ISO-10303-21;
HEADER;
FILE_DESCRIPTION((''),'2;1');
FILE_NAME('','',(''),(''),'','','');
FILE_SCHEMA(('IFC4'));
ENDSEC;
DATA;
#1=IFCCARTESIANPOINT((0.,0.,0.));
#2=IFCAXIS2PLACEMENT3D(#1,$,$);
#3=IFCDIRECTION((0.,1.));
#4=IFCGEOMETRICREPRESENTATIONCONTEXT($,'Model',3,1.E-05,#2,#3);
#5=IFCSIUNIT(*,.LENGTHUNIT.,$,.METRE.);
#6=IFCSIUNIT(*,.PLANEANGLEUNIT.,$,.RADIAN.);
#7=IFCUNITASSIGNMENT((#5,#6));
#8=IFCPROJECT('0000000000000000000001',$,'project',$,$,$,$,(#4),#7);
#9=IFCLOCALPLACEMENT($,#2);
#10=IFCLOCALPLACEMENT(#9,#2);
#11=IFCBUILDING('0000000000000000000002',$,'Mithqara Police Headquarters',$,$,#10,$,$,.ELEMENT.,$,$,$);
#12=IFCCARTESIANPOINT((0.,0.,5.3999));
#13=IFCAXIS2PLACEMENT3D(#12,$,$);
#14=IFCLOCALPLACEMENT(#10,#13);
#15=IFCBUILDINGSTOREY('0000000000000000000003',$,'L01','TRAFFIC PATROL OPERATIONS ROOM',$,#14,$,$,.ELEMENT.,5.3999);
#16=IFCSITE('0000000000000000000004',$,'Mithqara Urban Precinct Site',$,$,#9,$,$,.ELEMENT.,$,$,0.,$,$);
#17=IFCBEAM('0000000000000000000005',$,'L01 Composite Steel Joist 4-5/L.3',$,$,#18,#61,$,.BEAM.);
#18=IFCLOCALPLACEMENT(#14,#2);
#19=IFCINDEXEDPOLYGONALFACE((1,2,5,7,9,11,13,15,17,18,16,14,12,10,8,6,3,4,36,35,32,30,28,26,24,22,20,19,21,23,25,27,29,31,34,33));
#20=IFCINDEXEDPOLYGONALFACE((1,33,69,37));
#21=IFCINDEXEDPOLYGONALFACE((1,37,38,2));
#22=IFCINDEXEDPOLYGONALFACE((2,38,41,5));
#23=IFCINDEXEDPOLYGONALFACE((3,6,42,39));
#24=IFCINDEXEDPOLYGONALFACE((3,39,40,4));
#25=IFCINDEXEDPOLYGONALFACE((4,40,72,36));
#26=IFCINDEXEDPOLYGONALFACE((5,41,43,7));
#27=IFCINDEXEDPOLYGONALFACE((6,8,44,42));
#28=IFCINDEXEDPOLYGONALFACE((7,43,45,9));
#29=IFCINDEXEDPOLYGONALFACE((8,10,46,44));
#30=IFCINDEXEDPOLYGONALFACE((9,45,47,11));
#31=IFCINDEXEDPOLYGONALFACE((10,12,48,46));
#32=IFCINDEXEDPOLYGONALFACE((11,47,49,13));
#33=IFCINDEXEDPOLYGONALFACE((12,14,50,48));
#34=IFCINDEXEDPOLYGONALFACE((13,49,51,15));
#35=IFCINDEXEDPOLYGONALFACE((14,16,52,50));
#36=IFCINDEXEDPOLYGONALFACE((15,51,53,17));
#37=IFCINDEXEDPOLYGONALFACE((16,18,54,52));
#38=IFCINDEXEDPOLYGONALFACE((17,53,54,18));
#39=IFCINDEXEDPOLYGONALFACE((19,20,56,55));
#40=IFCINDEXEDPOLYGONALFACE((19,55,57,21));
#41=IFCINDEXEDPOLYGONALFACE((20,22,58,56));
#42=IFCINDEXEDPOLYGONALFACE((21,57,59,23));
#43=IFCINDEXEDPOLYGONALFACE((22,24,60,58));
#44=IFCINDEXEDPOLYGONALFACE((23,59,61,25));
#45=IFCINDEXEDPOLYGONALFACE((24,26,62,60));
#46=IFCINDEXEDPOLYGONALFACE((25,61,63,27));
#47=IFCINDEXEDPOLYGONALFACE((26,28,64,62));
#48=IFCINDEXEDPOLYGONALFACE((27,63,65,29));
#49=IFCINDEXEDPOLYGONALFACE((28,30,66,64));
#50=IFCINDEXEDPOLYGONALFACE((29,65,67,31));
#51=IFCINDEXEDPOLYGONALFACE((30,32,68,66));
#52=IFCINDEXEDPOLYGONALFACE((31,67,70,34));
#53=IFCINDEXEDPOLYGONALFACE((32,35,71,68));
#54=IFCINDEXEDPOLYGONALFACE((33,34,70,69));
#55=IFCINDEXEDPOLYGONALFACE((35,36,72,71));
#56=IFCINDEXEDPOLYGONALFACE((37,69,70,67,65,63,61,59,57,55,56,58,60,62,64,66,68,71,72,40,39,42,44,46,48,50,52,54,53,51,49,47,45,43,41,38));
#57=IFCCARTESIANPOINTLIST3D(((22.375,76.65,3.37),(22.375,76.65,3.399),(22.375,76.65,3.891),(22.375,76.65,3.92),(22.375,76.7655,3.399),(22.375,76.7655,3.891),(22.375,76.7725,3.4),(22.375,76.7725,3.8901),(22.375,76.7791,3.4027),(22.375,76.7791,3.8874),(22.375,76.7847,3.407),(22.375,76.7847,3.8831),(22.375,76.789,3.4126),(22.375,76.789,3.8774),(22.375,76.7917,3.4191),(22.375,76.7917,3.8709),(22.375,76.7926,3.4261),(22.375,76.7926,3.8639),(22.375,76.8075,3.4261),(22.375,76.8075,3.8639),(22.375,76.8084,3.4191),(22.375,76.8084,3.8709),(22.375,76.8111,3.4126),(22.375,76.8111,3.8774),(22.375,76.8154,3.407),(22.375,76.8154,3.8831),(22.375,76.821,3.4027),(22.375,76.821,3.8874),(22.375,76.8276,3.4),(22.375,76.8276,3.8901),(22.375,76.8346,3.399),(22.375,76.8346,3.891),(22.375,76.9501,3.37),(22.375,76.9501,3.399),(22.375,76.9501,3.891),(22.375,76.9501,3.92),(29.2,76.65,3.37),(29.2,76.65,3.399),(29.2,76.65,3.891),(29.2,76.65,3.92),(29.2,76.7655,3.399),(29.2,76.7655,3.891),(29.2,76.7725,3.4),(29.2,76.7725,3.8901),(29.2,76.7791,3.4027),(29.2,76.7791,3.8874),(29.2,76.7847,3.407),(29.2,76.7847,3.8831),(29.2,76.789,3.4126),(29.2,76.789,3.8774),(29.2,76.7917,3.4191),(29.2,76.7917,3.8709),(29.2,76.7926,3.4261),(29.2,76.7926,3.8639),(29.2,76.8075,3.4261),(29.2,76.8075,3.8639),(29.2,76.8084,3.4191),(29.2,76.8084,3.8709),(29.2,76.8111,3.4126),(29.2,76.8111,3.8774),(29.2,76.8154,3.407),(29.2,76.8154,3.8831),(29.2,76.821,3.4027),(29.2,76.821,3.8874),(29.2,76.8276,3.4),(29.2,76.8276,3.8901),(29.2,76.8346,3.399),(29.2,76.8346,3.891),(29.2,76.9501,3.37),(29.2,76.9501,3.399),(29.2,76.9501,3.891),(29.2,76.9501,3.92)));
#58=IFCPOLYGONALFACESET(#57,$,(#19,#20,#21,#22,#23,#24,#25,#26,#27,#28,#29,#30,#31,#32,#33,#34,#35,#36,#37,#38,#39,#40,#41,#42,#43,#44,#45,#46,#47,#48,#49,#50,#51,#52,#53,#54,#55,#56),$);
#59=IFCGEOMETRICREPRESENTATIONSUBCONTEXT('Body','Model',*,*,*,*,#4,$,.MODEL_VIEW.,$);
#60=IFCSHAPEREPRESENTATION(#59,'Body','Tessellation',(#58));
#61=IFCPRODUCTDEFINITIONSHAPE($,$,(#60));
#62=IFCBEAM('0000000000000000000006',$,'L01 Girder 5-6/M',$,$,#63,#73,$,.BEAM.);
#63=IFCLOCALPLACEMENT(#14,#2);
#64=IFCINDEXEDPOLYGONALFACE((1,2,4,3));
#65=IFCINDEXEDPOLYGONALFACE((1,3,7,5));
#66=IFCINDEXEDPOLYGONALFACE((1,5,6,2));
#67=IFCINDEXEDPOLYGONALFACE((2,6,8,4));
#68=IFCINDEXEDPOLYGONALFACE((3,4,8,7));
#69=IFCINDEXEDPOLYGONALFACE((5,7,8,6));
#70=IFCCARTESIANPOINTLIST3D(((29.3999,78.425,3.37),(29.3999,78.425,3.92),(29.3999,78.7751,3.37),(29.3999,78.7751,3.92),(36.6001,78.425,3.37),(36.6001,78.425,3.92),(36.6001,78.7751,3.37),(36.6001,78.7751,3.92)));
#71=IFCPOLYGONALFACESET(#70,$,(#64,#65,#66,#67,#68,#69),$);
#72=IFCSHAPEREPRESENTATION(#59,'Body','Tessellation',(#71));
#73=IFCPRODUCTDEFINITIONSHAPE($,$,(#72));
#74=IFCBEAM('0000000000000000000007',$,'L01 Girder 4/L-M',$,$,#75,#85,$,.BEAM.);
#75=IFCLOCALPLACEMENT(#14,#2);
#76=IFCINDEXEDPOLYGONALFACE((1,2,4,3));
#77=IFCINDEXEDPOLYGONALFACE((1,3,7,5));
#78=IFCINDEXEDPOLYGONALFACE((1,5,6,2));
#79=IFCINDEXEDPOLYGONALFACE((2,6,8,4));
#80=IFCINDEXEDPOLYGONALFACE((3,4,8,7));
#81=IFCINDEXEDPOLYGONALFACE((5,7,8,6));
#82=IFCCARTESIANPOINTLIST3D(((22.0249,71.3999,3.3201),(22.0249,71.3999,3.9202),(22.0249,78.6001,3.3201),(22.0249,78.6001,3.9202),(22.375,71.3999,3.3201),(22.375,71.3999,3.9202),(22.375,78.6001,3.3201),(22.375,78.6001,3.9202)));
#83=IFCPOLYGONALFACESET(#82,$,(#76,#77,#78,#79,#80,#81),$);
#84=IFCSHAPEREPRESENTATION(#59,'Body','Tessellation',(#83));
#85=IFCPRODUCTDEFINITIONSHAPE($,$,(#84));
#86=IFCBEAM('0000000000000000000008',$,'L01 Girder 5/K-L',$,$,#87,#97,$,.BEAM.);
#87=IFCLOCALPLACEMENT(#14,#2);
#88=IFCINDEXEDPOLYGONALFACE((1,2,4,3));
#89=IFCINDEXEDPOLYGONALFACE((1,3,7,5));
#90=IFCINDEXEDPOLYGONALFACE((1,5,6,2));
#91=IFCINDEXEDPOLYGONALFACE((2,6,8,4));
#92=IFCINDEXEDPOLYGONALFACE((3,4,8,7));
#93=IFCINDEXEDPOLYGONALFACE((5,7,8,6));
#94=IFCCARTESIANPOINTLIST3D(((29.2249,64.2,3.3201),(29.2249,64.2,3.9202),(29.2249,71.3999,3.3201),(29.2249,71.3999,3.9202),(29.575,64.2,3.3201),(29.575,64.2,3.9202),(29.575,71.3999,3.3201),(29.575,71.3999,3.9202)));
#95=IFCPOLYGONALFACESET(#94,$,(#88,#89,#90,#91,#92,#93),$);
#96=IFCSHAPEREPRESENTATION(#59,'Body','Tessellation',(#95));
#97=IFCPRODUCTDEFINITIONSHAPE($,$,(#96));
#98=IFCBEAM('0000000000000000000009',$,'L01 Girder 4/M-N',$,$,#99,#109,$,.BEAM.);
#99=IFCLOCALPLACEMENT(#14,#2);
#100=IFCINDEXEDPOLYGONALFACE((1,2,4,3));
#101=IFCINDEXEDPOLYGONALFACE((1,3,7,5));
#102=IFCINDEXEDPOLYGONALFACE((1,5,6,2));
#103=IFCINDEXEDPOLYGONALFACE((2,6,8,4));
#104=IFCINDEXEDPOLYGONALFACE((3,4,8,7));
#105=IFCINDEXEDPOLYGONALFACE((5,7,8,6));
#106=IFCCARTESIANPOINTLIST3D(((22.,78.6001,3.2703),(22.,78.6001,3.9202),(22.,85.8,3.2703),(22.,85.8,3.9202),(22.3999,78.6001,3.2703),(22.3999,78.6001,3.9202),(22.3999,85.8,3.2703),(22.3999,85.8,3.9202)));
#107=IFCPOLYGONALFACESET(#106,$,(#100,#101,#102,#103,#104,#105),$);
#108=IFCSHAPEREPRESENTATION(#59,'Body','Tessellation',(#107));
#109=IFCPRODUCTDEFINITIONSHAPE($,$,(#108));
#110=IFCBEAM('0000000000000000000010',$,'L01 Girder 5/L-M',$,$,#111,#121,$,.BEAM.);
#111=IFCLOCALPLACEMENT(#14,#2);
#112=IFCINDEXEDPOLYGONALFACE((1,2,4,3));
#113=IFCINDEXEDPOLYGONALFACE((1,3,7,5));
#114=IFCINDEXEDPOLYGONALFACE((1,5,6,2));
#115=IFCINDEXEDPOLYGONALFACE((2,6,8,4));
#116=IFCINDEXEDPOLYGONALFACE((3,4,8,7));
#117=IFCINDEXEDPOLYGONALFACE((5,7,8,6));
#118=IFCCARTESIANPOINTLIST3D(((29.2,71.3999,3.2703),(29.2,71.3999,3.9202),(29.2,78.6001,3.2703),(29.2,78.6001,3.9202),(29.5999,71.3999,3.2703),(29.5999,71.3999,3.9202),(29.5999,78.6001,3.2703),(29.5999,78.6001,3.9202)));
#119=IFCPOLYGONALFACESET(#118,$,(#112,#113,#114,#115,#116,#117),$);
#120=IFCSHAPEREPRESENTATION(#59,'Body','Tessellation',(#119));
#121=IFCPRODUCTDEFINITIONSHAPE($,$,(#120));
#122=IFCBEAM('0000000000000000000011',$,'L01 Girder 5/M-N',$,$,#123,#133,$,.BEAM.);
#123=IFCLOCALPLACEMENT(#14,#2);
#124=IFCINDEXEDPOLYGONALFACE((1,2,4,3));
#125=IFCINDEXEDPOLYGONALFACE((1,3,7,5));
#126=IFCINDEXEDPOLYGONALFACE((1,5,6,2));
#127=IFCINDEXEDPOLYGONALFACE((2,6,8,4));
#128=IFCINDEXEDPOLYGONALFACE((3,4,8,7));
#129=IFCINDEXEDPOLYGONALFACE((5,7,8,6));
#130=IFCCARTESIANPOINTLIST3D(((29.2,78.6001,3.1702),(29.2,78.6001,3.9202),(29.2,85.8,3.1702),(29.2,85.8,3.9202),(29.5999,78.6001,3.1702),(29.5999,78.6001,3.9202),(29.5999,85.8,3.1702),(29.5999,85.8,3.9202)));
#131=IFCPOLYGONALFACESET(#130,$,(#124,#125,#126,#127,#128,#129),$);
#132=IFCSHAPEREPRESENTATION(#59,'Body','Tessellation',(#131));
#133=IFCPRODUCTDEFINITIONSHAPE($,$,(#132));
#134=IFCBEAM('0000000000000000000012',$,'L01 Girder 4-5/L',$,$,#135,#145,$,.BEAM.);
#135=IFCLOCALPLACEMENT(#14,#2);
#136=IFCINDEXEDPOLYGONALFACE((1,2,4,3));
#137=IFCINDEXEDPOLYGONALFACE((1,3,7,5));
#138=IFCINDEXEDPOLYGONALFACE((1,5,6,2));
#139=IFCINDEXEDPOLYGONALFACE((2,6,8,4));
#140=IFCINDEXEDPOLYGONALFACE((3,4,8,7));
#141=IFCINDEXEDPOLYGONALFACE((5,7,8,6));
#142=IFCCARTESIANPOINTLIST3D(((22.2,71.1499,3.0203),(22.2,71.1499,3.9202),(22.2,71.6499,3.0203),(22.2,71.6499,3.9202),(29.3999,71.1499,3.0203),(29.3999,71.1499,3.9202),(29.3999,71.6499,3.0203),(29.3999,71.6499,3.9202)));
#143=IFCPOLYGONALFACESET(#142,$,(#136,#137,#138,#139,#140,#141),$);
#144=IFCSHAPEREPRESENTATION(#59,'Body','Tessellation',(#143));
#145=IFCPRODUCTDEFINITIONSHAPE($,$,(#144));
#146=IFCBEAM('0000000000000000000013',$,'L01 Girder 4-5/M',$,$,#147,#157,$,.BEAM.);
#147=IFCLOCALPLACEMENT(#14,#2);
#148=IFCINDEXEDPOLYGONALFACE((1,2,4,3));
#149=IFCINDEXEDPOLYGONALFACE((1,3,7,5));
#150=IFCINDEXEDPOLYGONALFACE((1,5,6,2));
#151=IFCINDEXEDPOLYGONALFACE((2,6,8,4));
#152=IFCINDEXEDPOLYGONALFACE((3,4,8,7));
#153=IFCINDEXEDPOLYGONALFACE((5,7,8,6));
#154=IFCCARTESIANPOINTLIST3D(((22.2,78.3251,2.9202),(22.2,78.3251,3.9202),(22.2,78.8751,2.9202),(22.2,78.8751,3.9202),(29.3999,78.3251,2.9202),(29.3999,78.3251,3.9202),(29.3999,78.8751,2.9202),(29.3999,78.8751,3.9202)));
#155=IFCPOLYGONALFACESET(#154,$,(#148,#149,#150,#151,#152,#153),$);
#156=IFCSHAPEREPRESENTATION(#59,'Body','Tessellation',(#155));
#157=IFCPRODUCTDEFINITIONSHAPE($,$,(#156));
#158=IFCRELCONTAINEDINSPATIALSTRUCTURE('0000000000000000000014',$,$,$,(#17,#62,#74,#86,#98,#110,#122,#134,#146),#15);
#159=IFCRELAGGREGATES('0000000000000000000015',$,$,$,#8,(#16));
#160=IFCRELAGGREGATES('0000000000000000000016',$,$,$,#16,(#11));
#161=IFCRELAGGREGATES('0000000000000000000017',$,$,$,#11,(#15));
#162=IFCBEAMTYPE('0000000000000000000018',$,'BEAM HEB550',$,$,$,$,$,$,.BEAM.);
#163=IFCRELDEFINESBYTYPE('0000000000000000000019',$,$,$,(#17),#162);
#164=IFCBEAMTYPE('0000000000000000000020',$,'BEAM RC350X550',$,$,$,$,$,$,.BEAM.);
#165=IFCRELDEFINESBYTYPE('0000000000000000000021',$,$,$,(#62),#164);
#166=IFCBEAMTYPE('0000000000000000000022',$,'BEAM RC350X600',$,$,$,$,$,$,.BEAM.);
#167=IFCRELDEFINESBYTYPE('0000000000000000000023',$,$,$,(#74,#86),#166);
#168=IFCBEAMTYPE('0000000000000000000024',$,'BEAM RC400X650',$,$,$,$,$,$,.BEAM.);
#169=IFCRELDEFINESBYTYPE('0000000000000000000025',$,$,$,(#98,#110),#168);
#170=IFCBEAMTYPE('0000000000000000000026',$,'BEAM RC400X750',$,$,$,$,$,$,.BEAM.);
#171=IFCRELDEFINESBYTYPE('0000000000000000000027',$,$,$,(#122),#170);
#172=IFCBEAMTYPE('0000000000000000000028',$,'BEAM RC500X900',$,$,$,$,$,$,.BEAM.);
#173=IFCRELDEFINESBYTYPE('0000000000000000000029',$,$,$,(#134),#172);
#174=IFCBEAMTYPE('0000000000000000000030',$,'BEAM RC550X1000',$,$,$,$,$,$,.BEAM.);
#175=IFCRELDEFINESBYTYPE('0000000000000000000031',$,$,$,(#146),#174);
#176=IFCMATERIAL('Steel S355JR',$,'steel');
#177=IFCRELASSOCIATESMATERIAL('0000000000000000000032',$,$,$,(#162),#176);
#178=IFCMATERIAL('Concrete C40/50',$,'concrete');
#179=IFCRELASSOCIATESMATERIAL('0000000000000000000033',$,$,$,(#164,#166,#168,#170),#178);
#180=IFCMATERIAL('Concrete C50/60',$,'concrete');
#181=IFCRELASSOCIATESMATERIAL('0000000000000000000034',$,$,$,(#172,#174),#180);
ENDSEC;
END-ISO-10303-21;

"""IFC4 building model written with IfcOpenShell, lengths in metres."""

from ifc_helpers import new_model, si_unit, direction, frame, origin, origin_2d, place, context, subcontext, project, spatial, rectangle, i_section, extrude, material, material_profile, profile_set, type_object, element, save


model = new_model("IFC4")

# Units and contexts
model_context = context("Model", 3, precision=1e-05, world=origin(), true_north=direction((0.0, 1.0)))
body_context = subcontext(model_context, "Body", "Model", "MODEL_VIEW")
ifc_project = project(units=[si_unit("LENGTHUNIT", "METRE"), si_unit("PLANEANGLEUNIT", "RADIAN")], contexts=[model_context])

# Site, building, storey
site_placement = place(None, origin())
site = spatial("IfcSite", under=ifc_project, at=site_placement, Name="Mithqara Urban Precinct Site", CompositionType="ELEMENT", RefElevation=0.0)
building_placement = place(site_placement, origin())
building = spatial("IfcBuilding", under=site, at=building_placement, Name="Mithqara Police Headquarters", CompositionType="ELEMENT")
storey_placement = place(building_placement, frame((0.0, 0.0, 5.3999)))
storey = spatial("IfcBuildingStorey", under=building, at=storey_placement, Name="L01", Description="TRAFFIC PATROL OPERATIONS ROOM", CompositionType="ELEMENT", Elevation=5.3999)

# Shared definitions
ifc_material_1 = material(Name="Concrete C50/60", Category="concrete")

# Beams
ifc_material_2 = material(Name="Steel S355JR", Category="steel")
ifc_material_profile_1 = material_profile(ifc_material_2, i_section(OverallWidth=0.3, OverallDepth=0.55, WebThickness=0.0149, FlangeThickness=0.0291, FilletRadius=0.0271, at=origin_2d()), Name="HEB 550")
ifc_profile_set_1 = profile_set([ifc_material_profile_1], Name="Steel S355JR")
beam_type_1 = type_object("IfcBeamType", Name="BEAM HEB550", PredefinedType="BEAM", material=ifc_profile_set_1)
for number, where, z_axis, x_axis, name in (
    (1, (22.375, 76.8, 3.645), (1.0, 0.0, 0.0), (0.0, 1.0, 0.0), "L01 Composite Steel Joist 4-5/L.3"),
):
    element("IfcBeam", number, at=place(storey_placement, frame(where, z_axis=z_axis, x_axis=x_axis)), inside=storey, type_object=beam_type_1, Name=name, PredefinedType="BEAM", context=body_context, shape_type="SweptSolid", body=[
        extrude(i_section(OverallWidth=0.3, OverallDepth=0.55, WebThickness=0.0149, FlangeThickness=0.0291, FilletRadius=0.0271, at=origin_2d()), origin(), (0.0, 0.0, 1.0), 6.825),
    ])
ifc_material_3 = material(Name="Concrete C40/50", Category="concrete")
ifc_material_profile_2 = material_profile(ifc_material_3, rectangle(XDim=0.3501, YDim=0.55, at=origin_2d()), Name="RC 350x550")
ifc_profile_set_2 = profile_set([ifc_material_profile_2], Name="Concrete C40/50")
beam_type_2 = type_object("IfcBeamType", Name="BEAM RC350X550", PredefinedType="BEAM", material=ifc_profile_set_2)
beam_1_placement = place(storey_placement, frame((29.3999, 78.6001, 3.645), z_axis=(1.0, 0.0, 0.0), x_axis=(0.0, 1.0, 0.0)))
element("IfcBeam", 2, at=beam_1_placement, inside=storey, type_object=beam_type_2, Name="L01 Girder 5-6/M", PredefinedType="BEAM", context=body_context, shape_type="SweptSolid", body=[
    extrude(rectangle(XDim=0.3501, YDim=0.55, at=origin_2d()), origin(), (0.0, 0.0, 1.0), 7.2002),
])
ifc_material_profile_3 = material_profile(ifc_material_3, rectangle(XDim=0.3501, YDim=0.6001, at=origin_2d()), Name="RC 350x600")
ifc_profile_set_3 = profile_set([ifc_material_profile_3], Name="Concrete C40/50")
beam_type_3 = type_object("IfcBeamType", Name="BEAM RC350X600", PredefinedType="BEAM", material=ifc_profile_set_3)
beam_2_placement = place(storey_placement, frame((22.2, 71.3999, 3.6201), z_axis=(0.0, 1.0, 0.0), x_axis=(-1.0, 0.0, 0.0)))
element("IfcBeam", 3, at=beam_2_placement, inside=storey, type_object=beam_type_3, Name="L01 Girder 4/L-M", PredefinedType="BEAM", context=body_context, shape_type="SweptSolid", body=[
    extrude(rectangle(XDim=0.3501, YDim=0.6001, at=origin_2d()), origin(), (0.0, 0.0, 1.0), 7.2002),
])
beam_3_placement = place(storey_placement, frame((29.3999, 64.2, 3.6201), z_axis=(0.0, 1.0, 0.0), x_axis=(-1.0, 0.0, 0.0)))
element("IfcBeam", 4, at=beam_3_placement, inside=storey, type_object=beam_type_3, Name="L01 Girder 5/K-L", PredefinedType="BEAM", context=body_context, shape_type="SweptSolid", body=[
    extrude(rectangle(XDim=0.3501, YDim=0.6001, at=origin_2d()), origin(), (0.0, 0.0, 1.0), 7.2),
])
ifc_material_profile_4 = material_profile(ifc_material_3, rectangle(XDim=0.3999, YDim=0.6499, at=origin_2d()), Name="RC 400x650")
ifc_profile_set_4 = profile_set([ifc_material_profile_4], Name="Concrete C40/50")
beam_type_4 = type_object("IfcBeamType", Name="BEAM RC400X650", PredefinedType="BEAM", material=ifc_profile_set_4)
beam_4_placement = place(storey_placement, frame((22.2, 78.6001, 3.5952), z_axis=(0.0, 1.0, 0.0), x_axis=(-1.0, 0.0, 0.0)))
element("IfcBeam", 5, at=beam_4_placement, inside=storey, type_object=beam_type_4, Name="L01 Girder 4/M-N", PredefinedType="BEAM", context=body_context, shape_type="SweptSolid", body=[
    extrude(rectangle(XDim=0.3999, YDim=0.6499, at=origin_2d()), origin(), (0.0, 0.0, 1.0), 7.2),
])
beam_5_placement = place(storey_placement, frame((29.3999, 71.3999, 3.5952), z_axis=(0.0, 1.0, 0.0), x_axis=(-1.0, 0.0, 0.0)))
element("IfcBeam", 6, at=beam_5_placement, inside=storey, type_object=beam_type_4, Name="L01 Girder 5/L-M", PredefinedType="BEAM", context=body_context, shape_type="SweptSolid", body=[
    extrude(rectangle(XDim=0.3999, YDim=0.6499, at=origin_2d()), origin(), (0.0, 0.0, 1.0), 7.2002),
])
ifc_material_profile_5 = material_profile(ifc_material_3, rectangle(XDim=0.3999, YDim=0.75, at=origin_2d()), Name="RC 400x750")
ifc_profile_set_5 = profile_set([ifc_material_profile_5], Name="Concrete C40/50")
beam_type_5 = type_object("IfcBeamType", Name="BEAM RC400X750", PredefinedType="BEAM", material=ifc_profile_set_5)
beam_6_placement = place(storey_placement, frame((29.3999, 78.6001, 3.5452), z_axis=(0.0, 1.0, 0.0), x_axis=(-1.0, 0.0, 0.0)))
element("IfcBeam", 7, at=beam_6_placement, inside=storey, type_object=beam_type_5, Name="L01 Girder 5/M-N", PredefinedType="BEAM", context=body_context, shape_type="SweptSolid", body=[
    extrude(rectangle(XDim=0.3999, YDim=0.75, at=origin_2d()), origin(), (0.0, 0.0, 1.0), 7.2),
])
ifc_material_profile_6 = material_profile(ifc_material_1, rectangle(XDim=0.5, YDim=0.8999, at=origin_2d()), Name="RC 500x900")
ifc_profile_set_6 = profile_set([ifc_material_profile_6], Name="Concrete C50/60")
beam_type_6 = type_object("IfcBeamType", Name="BEAM RC500X900", PredefinedType="BEAM", material=ifc_profile_set_6)
beam_7_placement = place(storey_placement, frame((22.2, 71.3999, 3.4702), z_axis=(1.0, 0.0, 0.0), x_axis=(0.0, 1.0, 0.0)))
element("IfcBeam", 8, at=beam_7_placement, inside=storey, type_object=beam_type_6, Name="L01 Girder 4-5/L", PredefinedType="BEAM", context=body_context, shape_type="SweptSolid", body=[
    extrude(rectangle(XDim=0.5, YDim=0.8999, at=origin_2d()), origin(), (0.0, 0.0, 1.0), 7.2),
])
ifc_material_profile_7 = material_profile(ifc_material_1, rectangle(XDim=0.55, YDim=1.0, at=origin_2d()), Name="RC 550x1000")
ifc_profile_set_7 = profile_set([ifc_material_profile_7], Name="Concrete C50/60")
beam_type_7 = type_object("IfcBeamType", Name="BEAM RC550X1000", PredefinedType="BEAM", material=ifc_profile_set_7)
beam_8_placement = place(storey_placement, frame((22.2, 78.6001, 3.4202), z_axis=(1.0, 0.0, 0.0), x_axis=(0.0, 1.0, 0.0)))
element("IfcBeam", 9, at=beam_8_placement, inside=storey, type_object=beam_type_7, Name="L01 Girder 4-5/M", PredefinedType="BEAM", context=body_context, shape_type="SweptSolid", body=[
    extrude(rectangle(XDim=0.55, YDim=1.0, at=origin_2d()), origin(), (0.0, 0.0, 1.0), 7.2),
])

save(model, "model.ifc")
